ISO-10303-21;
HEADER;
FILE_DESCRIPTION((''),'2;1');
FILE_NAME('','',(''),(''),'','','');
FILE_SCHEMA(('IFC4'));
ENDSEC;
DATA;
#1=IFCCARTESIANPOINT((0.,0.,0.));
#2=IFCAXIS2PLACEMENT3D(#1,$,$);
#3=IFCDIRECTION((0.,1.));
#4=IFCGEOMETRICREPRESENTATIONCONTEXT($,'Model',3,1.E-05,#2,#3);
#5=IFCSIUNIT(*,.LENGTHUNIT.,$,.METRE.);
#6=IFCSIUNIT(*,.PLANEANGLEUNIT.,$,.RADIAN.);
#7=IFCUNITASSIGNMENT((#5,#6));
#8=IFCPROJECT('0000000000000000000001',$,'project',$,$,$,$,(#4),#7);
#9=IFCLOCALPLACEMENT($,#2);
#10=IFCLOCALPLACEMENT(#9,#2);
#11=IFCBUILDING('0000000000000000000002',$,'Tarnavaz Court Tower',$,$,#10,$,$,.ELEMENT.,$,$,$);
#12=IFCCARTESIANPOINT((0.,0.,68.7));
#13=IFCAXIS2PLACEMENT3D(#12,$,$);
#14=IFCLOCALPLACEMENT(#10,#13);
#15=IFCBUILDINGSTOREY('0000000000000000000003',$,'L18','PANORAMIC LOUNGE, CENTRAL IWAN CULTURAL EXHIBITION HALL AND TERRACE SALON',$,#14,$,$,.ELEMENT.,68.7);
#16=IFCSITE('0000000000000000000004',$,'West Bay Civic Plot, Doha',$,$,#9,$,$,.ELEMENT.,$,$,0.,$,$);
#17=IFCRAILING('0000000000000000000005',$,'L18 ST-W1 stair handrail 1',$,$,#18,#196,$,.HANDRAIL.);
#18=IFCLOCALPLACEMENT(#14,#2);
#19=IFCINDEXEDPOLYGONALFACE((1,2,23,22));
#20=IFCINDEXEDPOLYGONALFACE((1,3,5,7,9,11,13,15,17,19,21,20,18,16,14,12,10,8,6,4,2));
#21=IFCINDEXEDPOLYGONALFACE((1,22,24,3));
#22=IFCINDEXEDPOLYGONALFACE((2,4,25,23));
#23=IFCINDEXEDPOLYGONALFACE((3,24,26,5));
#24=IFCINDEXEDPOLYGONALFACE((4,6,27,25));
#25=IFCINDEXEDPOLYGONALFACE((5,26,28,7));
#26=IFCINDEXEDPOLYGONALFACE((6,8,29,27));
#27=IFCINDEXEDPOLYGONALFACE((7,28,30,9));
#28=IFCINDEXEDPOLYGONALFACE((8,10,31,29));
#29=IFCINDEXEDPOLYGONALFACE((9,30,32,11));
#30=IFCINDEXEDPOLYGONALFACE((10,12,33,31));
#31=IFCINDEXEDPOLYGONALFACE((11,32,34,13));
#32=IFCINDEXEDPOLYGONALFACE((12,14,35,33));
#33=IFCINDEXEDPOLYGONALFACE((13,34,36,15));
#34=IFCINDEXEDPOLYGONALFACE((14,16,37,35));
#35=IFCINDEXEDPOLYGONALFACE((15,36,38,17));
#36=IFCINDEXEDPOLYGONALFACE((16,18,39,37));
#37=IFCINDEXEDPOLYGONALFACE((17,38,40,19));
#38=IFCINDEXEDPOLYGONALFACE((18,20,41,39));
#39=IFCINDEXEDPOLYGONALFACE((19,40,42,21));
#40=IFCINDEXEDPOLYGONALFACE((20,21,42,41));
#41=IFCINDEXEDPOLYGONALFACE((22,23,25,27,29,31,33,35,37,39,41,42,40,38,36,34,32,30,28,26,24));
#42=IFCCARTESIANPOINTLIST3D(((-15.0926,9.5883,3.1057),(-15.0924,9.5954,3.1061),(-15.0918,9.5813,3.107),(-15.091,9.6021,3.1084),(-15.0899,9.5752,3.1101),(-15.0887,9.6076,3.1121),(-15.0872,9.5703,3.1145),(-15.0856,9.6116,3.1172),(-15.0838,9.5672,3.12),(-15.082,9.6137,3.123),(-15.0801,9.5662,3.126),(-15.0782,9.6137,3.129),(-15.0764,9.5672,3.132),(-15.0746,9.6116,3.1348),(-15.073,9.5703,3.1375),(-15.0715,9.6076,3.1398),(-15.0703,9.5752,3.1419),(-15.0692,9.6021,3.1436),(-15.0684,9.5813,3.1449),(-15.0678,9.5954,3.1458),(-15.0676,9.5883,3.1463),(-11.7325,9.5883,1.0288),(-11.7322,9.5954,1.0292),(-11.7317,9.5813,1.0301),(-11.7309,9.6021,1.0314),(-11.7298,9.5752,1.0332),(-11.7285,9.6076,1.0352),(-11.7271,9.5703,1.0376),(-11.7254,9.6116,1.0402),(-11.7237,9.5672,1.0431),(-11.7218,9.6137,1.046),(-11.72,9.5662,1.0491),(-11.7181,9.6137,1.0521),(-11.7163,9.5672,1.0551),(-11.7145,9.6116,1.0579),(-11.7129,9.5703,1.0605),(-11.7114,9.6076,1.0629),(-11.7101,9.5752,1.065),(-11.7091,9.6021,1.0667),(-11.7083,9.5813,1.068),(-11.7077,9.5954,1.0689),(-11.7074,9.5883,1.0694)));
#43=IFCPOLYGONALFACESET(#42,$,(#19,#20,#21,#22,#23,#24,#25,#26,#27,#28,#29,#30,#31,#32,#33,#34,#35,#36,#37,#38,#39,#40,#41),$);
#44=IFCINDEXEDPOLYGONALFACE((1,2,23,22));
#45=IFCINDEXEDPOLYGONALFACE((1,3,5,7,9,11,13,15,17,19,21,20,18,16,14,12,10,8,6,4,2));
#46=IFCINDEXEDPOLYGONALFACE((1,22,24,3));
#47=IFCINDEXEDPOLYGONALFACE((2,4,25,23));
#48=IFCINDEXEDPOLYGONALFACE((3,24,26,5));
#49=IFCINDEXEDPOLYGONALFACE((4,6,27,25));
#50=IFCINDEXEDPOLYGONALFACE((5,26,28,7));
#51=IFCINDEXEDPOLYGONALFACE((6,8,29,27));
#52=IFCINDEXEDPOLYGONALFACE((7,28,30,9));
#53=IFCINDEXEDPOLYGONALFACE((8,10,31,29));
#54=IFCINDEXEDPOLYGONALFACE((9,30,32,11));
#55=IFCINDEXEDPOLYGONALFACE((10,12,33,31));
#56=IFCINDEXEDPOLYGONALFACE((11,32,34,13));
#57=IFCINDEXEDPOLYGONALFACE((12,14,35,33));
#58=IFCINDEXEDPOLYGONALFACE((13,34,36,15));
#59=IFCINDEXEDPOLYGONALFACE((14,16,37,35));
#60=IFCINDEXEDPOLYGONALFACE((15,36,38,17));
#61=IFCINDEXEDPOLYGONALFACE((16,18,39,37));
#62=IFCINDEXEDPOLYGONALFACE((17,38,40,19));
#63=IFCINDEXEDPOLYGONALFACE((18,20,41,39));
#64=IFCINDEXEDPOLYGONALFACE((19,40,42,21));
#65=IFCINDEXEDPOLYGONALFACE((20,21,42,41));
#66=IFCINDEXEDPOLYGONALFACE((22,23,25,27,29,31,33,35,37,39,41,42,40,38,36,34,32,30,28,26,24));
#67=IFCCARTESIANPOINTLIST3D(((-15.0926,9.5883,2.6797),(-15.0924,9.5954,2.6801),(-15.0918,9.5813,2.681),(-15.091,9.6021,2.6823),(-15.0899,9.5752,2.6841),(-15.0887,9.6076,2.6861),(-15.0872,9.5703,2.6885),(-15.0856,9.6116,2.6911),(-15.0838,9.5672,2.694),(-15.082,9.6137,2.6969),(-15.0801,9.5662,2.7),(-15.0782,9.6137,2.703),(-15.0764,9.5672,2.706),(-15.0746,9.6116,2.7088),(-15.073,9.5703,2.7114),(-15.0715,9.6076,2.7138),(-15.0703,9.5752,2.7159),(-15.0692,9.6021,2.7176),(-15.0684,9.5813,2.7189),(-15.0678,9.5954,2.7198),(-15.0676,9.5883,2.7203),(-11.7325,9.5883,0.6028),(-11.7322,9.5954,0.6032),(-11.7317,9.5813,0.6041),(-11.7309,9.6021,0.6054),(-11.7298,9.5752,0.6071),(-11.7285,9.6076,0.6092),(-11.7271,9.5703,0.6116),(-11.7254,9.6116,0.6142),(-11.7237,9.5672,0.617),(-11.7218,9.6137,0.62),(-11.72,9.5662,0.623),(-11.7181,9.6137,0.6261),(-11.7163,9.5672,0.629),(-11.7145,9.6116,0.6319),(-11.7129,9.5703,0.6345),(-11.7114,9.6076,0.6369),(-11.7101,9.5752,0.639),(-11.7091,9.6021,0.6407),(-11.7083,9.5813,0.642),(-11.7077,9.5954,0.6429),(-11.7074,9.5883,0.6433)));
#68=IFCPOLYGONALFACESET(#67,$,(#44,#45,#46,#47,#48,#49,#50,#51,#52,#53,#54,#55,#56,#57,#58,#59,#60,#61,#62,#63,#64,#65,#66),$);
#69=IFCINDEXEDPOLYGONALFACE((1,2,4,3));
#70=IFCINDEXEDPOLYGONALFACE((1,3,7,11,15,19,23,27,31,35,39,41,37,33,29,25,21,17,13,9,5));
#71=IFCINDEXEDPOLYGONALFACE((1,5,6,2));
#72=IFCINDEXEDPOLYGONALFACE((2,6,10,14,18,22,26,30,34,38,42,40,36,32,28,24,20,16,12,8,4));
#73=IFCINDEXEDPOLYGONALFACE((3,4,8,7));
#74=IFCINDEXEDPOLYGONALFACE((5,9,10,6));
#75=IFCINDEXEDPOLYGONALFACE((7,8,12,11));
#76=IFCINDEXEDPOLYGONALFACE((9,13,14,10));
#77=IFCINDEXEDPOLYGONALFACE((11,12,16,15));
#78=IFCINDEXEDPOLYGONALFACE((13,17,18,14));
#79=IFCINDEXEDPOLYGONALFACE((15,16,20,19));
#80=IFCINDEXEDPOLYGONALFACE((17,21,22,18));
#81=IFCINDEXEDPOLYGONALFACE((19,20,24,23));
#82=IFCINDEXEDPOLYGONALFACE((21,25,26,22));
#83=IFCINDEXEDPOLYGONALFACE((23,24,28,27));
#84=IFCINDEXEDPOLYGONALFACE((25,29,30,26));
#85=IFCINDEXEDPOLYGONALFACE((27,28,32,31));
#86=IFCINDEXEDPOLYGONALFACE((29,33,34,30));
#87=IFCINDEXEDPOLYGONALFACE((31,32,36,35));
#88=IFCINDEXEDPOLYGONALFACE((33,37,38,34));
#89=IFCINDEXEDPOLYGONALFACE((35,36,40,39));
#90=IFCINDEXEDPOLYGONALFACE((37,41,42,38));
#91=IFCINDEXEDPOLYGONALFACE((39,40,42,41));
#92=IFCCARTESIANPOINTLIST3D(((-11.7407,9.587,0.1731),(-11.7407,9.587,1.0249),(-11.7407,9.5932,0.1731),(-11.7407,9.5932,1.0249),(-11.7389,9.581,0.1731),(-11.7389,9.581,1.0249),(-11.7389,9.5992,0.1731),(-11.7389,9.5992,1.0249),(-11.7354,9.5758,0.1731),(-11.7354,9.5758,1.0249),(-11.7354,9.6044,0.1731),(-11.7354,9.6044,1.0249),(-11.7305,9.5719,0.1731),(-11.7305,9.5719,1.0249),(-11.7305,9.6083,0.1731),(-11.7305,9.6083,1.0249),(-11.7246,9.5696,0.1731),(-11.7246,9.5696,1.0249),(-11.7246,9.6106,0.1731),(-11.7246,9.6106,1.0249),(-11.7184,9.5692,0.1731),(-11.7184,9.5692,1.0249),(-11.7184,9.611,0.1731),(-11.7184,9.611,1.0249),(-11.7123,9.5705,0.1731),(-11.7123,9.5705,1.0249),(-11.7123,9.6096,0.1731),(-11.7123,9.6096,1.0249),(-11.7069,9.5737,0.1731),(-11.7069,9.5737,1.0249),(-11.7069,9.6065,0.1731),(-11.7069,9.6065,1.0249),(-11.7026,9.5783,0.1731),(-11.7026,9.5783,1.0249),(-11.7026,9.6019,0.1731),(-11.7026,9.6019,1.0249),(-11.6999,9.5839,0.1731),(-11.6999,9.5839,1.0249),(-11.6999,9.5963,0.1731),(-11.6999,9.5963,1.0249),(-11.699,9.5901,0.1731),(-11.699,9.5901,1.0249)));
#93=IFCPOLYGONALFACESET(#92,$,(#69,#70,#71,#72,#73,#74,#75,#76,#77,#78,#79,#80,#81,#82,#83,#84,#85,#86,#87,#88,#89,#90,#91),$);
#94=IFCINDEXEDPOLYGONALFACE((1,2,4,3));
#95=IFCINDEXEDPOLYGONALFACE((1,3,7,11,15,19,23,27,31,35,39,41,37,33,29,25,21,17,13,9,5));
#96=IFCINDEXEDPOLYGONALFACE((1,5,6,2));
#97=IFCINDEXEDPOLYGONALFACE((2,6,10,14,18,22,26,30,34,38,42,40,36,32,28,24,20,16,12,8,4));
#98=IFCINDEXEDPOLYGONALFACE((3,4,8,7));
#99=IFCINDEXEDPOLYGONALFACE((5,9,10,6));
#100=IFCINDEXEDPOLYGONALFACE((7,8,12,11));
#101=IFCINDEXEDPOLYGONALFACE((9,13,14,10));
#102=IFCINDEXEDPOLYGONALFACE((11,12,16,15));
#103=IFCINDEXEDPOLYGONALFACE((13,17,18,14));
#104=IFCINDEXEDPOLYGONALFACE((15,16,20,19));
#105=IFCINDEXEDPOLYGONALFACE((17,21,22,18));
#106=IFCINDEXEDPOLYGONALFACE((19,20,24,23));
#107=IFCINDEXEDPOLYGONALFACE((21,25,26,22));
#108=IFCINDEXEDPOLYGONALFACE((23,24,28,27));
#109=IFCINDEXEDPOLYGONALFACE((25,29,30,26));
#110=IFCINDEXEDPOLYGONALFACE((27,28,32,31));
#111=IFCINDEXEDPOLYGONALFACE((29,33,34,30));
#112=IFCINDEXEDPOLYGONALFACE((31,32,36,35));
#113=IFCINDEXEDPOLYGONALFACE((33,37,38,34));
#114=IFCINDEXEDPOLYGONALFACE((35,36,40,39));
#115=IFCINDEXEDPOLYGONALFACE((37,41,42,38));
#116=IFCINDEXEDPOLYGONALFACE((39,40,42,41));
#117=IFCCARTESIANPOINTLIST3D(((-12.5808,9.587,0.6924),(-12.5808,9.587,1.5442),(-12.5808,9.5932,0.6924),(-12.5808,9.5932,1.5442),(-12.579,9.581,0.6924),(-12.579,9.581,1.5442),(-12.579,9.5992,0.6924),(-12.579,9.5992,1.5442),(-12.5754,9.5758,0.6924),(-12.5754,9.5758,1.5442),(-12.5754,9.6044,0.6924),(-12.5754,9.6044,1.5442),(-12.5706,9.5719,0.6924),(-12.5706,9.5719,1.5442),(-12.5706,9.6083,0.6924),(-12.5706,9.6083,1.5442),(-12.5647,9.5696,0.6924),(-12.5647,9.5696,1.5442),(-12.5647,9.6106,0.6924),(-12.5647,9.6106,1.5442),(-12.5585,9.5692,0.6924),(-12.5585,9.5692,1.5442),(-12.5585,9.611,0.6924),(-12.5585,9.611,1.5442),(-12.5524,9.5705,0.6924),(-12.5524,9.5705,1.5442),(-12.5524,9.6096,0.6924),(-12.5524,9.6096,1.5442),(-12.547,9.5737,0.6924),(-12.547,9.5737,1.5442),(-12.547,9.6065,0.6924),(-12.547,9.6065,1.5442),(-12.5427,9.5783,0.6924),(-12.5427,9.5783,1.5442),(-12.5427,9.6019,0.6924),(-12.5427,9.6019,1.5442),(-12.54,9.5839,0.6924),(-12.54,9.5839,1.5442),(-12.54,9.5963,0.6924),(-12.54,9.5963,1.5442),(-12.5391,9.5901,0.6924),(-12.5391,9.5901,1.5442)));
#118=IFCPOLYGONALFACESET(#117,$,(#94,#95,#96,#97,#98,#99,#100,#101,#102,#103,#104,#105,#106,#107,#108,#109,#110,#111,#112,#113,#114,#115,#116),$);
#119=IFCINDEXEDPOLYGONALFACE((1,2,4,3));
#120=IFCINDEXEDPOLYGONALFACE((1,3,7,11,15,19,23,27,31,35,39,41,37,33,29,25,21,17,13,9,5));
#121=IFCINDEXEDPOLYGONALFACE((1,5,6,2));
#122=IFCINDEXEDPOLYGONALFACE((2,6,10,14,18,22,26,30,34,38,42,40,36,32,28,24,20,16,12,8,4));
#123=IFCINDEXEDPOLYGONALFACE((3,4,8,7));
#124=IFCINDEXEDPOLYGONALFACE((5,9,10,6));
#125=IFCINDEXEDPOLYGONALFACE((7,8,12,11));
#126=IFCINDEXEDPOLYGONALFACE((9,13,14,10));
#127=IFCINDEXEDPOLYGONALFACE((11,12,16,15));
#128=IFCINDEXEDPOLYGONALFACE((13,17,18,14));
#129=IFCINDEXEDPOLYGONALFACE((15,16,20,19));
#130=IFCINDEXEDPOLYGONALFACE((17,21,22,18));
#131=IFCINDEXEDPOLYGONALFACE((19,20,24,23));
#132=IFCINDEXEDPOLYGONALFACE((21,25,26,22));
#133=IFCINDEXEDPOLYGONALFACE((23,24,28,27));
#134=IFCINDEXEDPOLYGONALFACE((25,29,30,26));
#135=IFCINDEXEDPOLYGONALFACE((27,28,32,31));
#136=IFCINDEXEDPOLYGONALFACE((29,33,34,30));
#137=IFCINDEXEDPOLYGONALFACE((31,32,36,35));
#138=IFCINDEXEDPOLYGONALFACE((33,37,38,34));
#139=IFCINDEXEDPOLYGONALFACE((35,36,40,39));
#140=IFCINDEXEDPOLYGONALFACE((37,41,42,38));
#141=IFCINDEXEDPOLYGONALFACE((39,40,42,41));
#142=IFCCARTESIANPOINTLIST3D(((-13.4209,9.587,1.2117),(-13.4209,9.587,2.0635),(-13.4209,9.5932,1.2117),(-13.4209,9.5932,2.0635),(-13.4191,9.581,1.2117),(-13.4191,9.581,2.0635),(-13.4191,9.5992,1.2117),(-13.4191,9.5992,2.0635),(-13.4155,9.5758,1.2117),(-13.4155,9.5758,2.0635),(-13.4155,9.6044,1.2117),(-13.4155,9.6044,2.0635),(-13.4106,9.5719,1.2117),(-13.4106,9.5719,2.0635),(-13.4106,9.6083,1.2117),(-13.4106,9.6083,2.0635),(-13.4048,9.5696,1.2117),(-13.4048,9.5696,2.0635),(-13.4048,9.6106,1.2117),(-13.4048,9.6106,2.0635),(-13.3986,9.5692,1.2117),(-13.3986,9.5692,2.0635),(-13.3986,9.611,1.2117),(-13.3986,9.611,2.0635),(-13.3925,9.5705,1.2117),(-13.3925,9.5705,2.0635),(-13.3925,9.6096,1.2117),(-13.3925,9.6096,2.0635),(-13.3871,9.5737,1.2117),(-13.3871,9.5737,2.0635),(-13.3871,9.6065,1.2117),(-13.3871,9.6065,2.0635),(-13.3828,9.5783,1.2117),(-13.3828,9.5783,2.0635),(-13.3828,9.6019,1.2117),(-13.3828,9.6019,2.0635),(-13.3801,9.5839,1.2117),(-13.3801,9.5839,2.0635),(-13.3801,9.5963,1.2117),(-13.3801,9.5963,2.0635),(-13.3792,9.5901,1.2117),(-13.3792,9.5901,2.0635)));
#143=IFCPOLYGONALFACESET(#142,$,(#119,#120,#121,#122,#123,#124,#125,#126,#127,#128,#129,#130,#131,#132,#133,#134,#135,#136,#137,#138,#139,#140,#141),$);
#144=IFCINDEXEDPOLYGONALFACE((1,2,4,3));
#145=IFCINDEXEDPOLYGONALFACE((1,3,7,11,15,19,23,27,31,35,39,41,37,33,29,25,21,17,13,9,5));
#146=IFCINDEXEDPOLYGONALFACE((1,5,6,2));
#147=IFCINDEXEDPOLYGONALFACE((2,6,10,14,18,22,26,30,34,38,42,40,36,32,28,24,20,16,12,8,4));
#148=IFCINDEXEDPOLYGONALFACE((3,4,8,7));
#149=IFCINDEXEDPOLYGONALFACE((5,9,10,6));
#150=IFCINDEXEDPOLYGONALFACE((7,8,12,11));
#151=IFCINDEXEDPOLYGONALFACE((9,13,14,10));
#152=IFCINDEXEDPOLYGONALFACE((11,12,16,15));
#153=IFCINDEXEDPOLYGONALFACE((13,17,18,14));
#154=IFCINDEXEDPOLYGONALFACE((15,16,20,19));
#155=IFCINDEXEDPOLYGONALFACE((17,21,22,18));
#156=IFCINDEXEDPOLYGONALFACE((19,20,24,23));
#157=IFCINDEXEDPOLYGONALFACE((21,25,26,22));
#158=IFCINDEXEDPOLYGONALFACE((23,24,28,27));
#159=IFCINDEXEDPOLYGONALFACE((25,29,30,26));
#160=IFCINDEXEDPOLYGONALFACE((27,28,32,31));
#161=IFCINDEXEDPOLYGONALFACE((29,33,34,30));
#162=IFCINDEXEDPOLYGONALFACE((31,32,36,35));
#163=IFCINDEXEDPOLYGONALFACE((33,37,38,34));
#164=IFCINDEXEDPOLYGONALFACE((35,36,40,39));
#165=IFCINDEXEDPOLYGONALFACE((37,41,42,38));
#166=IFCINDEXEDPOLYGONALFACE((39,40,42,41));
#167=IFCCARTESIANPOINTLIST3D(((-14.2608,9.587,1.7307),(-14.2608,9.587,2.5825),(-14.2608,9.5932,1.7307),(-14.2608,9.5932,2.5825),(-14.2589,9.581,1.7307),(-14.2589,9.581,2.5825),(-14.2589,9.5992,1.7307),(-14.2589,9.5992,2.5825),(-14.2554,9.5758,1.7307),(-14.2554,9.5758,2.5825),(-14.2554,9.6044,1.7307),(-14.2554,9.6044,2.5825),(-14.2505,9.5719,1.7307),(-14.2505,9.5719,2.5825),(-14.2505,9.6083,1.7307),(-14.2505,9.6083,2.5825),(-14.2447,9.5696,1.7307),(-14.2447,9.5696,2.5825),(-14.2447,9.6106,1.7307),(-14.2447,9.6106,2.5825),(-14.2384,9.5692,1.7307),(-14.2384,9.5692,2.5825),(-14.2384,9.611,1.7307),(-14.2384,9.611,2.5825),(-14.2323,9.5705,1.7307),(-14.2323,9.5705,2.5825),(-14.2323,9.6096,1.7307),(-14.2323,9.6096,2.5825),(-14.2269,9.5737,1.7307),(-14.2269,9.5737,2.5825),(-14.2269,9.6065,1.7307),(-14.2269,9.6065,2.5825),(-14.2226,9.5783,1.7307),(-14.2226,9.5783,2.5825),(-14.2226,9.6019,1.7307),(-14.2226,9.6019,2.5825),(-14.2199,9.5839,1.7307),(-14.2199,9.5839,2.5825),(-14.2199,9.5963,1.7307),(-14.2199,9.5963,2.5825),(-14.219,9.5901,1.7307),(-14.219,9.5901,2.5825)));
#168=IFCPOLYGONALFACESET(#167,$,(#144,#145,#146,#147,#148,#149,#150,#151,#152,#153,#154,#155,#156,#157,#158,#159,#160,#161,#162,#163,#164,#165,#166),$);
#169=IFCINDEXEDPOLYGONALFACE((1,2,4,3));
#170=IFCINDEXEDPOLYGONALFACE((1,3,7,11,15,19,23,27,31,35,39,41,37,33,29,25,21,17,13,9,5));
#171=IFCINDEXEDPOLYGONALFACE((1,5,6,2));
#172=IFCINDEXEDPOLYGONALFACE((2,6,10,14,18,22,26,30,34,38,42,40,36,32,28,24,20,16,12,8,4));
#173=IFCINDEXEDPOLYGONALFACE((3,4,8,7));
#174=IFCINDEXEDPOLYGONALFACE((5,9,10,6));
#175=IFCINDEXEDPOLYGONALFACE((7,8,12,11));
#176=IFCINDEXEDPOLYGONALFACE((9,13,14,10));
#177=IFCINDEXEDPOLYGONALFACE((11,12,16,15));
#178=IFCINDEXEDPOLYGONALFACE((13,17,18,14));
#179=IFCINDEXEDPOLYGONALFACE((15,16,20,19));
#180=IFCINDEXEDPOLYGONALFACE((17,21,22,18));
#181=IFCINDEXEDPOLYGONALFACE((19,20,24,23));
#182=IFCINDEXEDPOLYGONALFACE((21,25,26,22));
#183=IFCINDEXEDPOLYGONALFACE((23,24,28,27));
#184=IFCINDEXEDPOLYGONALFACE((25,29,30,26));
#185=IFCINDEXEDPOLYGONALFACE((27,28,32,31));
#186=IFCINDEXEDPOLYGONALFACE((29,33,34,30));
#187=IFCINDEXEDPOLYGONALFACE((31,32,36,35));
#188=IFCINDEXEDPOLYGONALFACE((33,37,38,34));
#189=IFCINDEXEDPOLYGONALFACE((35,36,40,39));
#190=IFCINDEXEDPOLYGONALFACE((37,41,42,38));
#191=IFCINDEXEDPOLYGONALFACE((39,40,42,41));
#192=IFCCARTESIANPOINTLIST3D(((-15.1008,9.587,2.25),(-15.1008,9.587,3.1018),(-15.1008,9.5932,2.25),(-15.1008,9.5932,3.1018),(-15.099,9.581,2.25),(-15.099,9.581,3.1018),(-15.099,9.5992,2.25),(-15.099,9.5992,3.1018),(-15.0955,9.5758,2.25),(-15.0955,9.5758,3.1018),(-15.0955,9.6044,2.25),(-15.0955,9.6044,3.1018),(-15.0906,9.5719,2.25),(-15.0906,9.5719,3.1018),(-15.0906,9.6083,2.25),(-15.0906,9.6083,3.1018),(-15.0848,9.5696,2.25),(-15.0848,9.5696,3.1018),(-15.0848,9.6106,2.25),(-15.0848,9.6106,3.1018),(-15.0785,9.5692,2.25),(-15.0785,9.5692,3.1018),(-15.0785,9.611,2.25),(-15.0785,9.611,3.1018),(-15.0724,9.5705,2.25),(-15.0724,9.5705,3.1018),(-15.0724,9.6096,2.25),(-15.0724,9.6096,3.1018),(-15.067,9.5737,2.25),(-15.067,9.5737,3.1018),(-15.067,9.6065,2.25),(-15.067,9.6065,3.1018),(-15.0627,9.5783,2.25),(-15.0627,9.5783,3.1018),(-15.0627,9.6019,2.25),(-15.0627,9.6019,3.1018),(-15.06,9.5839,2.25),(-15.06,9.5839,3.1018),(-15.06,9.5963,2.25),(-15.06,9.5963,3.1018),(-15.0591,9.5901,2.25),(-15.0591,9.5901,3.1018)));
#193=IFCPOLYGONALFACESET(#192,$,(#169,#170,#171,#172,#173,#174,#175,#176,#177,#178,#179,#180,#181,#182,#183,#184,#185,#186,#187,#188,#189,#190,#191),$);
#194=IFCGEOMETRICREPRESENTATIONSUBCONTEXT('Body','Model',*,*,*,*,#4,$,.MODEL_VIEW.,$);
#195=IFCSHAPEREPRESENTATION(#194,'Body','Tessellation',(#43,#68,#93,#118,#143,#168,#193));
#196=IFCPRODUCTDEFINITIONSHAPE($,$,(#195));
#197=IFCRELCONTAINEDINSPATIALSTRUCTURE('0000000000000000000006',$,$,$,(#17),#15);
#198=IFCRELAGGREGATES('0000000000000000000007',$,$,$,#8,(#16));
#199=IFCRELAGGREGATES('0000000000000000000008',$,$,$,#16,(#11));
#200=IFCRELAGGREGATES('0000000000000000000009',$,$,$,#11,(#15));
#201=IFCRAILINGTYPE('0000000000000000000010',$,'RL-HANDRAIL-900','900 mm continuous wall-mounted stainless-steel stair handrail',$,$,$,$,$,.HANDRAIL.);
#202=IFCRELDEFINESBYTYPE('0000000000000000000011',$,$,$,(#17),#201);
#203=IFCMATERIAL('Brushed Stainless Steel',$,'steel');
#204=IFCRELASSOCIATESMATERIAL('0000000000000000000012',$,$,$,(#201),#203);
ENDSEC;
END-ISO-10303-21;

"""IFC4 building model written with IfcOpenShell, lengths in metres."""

from ifc_helpers import new_model, si_unit, direction, frame, origin, origin_2d, place, context, subcontext, project, spatial, circle, extrude, material, type_object, element, save


model = new_model("IFC4")

# Units and contexts
model_context = context("Model", 3, precision=1e-05, world=origin(), true_north=direction((0.0, 1.0)))
body_context = subcontext(model_context, "Body", "Model", "MODEL_VIEW")
ifc_project = project(units=[si_unit("LENGTHUNIT", "METRE"), si_unit("PLANEANGLEUNIT", "RADIAN")], contexts=[model_context])

# Site, building, storey
site_placement = place(None, origin())
site = spatial("IfcSite", under=ifc_project, at=site_placement, Name="West Bay Civic Plot, Doha", CompositionType="ELEMENT", RefElevation=0.0)
building_placement = place(site_placement, origin())
building = spatial("IfcBuilding", under=site, at=building_placement, Name="Tarnavaz Court Tower", CompositionType="ELEMENT")
storey_placement = place(building_placement, frame((0.0, 0.0, 68.7)))
storey = spatial("IfcBuildingStorey", under=building, at=storey_placement, Name="L18", Description="PANORAMIC LOUNGE, CENTRAL IWAN CULTURAL EXHIBITION HALL AND TERRACE SALON", CompositionType="ELEMENT", Elevation=68.7)

# Railing
ifc_material_1 = material(Name="Brushed Stainless Steel", Category="steel")
railing_type_1 = type_object("IfcRailingType", Name="RL-HANDRAIL-900", Description="900 mm continuous wall-mounted stainless-steel stair handrail", PredefinedType="HANDRAIL", material=ifc_material_1)
railing_1_placement = place(storey_placement, frame((-11.72, 9.5901, 0.1731)))
element("IfcRailing", 1, at=railing_1_placement, inside=storey, type_object=railing_type_1, Name="L18 ST-W1 stair handrail 1", PredefinedType="HANDRAIL", context=body_context, shape_type="SweptSolid", body=[
    extrude(circle(Radius=0.0239, at=origin_2d()), frame((0.0, 0.0, 0.876), z_axis=(-0.850623, 0.0, 0.525776), x_axis=(0.0, -1.0, 0.0)), (0.0, 0.0, 1.0), 3.9502),
    extrude(circle(Radius=0.0239, at=origin_2d()), frame((0.0, 0.0, 0.45), z_axis=(-0.850623, 0.0, 0.525776), x_axis=(0.0, -1.0, 0.0)), (0.0, 0.0, 1.0), 3.9502),
    extrude(circle(Radius=0.021, at=origin_2d()), origin(), (0.0, 0.0, 1.0), 0.8518),
    extrude(circle(Radius=0.021, at=origin_2d()), frame((-0.8401, 0.0, 0.5193)), (0.0, 0.0, 1.0), 0.8518),
    extrude(circle(Radius=0.021, at=origin_2d()), frame((-1.6802, 0.0, 1.0386)), (0.0, 0.0, 1.0), 0.8518),
    extrude(circle(Radius=0.021, at=origin_2d()), frame((-2.52, 0.0, 1.5576)), (0.0, 0.0, 1.0), 0.8518),
    extrude(circle(Radius=0.021, at=origin_2d()), frame((-3.3601, 0.0, 2.0769)), (0.0, 0.0, 1.0), 0.8518),
])

save(model, "model.ifc")
